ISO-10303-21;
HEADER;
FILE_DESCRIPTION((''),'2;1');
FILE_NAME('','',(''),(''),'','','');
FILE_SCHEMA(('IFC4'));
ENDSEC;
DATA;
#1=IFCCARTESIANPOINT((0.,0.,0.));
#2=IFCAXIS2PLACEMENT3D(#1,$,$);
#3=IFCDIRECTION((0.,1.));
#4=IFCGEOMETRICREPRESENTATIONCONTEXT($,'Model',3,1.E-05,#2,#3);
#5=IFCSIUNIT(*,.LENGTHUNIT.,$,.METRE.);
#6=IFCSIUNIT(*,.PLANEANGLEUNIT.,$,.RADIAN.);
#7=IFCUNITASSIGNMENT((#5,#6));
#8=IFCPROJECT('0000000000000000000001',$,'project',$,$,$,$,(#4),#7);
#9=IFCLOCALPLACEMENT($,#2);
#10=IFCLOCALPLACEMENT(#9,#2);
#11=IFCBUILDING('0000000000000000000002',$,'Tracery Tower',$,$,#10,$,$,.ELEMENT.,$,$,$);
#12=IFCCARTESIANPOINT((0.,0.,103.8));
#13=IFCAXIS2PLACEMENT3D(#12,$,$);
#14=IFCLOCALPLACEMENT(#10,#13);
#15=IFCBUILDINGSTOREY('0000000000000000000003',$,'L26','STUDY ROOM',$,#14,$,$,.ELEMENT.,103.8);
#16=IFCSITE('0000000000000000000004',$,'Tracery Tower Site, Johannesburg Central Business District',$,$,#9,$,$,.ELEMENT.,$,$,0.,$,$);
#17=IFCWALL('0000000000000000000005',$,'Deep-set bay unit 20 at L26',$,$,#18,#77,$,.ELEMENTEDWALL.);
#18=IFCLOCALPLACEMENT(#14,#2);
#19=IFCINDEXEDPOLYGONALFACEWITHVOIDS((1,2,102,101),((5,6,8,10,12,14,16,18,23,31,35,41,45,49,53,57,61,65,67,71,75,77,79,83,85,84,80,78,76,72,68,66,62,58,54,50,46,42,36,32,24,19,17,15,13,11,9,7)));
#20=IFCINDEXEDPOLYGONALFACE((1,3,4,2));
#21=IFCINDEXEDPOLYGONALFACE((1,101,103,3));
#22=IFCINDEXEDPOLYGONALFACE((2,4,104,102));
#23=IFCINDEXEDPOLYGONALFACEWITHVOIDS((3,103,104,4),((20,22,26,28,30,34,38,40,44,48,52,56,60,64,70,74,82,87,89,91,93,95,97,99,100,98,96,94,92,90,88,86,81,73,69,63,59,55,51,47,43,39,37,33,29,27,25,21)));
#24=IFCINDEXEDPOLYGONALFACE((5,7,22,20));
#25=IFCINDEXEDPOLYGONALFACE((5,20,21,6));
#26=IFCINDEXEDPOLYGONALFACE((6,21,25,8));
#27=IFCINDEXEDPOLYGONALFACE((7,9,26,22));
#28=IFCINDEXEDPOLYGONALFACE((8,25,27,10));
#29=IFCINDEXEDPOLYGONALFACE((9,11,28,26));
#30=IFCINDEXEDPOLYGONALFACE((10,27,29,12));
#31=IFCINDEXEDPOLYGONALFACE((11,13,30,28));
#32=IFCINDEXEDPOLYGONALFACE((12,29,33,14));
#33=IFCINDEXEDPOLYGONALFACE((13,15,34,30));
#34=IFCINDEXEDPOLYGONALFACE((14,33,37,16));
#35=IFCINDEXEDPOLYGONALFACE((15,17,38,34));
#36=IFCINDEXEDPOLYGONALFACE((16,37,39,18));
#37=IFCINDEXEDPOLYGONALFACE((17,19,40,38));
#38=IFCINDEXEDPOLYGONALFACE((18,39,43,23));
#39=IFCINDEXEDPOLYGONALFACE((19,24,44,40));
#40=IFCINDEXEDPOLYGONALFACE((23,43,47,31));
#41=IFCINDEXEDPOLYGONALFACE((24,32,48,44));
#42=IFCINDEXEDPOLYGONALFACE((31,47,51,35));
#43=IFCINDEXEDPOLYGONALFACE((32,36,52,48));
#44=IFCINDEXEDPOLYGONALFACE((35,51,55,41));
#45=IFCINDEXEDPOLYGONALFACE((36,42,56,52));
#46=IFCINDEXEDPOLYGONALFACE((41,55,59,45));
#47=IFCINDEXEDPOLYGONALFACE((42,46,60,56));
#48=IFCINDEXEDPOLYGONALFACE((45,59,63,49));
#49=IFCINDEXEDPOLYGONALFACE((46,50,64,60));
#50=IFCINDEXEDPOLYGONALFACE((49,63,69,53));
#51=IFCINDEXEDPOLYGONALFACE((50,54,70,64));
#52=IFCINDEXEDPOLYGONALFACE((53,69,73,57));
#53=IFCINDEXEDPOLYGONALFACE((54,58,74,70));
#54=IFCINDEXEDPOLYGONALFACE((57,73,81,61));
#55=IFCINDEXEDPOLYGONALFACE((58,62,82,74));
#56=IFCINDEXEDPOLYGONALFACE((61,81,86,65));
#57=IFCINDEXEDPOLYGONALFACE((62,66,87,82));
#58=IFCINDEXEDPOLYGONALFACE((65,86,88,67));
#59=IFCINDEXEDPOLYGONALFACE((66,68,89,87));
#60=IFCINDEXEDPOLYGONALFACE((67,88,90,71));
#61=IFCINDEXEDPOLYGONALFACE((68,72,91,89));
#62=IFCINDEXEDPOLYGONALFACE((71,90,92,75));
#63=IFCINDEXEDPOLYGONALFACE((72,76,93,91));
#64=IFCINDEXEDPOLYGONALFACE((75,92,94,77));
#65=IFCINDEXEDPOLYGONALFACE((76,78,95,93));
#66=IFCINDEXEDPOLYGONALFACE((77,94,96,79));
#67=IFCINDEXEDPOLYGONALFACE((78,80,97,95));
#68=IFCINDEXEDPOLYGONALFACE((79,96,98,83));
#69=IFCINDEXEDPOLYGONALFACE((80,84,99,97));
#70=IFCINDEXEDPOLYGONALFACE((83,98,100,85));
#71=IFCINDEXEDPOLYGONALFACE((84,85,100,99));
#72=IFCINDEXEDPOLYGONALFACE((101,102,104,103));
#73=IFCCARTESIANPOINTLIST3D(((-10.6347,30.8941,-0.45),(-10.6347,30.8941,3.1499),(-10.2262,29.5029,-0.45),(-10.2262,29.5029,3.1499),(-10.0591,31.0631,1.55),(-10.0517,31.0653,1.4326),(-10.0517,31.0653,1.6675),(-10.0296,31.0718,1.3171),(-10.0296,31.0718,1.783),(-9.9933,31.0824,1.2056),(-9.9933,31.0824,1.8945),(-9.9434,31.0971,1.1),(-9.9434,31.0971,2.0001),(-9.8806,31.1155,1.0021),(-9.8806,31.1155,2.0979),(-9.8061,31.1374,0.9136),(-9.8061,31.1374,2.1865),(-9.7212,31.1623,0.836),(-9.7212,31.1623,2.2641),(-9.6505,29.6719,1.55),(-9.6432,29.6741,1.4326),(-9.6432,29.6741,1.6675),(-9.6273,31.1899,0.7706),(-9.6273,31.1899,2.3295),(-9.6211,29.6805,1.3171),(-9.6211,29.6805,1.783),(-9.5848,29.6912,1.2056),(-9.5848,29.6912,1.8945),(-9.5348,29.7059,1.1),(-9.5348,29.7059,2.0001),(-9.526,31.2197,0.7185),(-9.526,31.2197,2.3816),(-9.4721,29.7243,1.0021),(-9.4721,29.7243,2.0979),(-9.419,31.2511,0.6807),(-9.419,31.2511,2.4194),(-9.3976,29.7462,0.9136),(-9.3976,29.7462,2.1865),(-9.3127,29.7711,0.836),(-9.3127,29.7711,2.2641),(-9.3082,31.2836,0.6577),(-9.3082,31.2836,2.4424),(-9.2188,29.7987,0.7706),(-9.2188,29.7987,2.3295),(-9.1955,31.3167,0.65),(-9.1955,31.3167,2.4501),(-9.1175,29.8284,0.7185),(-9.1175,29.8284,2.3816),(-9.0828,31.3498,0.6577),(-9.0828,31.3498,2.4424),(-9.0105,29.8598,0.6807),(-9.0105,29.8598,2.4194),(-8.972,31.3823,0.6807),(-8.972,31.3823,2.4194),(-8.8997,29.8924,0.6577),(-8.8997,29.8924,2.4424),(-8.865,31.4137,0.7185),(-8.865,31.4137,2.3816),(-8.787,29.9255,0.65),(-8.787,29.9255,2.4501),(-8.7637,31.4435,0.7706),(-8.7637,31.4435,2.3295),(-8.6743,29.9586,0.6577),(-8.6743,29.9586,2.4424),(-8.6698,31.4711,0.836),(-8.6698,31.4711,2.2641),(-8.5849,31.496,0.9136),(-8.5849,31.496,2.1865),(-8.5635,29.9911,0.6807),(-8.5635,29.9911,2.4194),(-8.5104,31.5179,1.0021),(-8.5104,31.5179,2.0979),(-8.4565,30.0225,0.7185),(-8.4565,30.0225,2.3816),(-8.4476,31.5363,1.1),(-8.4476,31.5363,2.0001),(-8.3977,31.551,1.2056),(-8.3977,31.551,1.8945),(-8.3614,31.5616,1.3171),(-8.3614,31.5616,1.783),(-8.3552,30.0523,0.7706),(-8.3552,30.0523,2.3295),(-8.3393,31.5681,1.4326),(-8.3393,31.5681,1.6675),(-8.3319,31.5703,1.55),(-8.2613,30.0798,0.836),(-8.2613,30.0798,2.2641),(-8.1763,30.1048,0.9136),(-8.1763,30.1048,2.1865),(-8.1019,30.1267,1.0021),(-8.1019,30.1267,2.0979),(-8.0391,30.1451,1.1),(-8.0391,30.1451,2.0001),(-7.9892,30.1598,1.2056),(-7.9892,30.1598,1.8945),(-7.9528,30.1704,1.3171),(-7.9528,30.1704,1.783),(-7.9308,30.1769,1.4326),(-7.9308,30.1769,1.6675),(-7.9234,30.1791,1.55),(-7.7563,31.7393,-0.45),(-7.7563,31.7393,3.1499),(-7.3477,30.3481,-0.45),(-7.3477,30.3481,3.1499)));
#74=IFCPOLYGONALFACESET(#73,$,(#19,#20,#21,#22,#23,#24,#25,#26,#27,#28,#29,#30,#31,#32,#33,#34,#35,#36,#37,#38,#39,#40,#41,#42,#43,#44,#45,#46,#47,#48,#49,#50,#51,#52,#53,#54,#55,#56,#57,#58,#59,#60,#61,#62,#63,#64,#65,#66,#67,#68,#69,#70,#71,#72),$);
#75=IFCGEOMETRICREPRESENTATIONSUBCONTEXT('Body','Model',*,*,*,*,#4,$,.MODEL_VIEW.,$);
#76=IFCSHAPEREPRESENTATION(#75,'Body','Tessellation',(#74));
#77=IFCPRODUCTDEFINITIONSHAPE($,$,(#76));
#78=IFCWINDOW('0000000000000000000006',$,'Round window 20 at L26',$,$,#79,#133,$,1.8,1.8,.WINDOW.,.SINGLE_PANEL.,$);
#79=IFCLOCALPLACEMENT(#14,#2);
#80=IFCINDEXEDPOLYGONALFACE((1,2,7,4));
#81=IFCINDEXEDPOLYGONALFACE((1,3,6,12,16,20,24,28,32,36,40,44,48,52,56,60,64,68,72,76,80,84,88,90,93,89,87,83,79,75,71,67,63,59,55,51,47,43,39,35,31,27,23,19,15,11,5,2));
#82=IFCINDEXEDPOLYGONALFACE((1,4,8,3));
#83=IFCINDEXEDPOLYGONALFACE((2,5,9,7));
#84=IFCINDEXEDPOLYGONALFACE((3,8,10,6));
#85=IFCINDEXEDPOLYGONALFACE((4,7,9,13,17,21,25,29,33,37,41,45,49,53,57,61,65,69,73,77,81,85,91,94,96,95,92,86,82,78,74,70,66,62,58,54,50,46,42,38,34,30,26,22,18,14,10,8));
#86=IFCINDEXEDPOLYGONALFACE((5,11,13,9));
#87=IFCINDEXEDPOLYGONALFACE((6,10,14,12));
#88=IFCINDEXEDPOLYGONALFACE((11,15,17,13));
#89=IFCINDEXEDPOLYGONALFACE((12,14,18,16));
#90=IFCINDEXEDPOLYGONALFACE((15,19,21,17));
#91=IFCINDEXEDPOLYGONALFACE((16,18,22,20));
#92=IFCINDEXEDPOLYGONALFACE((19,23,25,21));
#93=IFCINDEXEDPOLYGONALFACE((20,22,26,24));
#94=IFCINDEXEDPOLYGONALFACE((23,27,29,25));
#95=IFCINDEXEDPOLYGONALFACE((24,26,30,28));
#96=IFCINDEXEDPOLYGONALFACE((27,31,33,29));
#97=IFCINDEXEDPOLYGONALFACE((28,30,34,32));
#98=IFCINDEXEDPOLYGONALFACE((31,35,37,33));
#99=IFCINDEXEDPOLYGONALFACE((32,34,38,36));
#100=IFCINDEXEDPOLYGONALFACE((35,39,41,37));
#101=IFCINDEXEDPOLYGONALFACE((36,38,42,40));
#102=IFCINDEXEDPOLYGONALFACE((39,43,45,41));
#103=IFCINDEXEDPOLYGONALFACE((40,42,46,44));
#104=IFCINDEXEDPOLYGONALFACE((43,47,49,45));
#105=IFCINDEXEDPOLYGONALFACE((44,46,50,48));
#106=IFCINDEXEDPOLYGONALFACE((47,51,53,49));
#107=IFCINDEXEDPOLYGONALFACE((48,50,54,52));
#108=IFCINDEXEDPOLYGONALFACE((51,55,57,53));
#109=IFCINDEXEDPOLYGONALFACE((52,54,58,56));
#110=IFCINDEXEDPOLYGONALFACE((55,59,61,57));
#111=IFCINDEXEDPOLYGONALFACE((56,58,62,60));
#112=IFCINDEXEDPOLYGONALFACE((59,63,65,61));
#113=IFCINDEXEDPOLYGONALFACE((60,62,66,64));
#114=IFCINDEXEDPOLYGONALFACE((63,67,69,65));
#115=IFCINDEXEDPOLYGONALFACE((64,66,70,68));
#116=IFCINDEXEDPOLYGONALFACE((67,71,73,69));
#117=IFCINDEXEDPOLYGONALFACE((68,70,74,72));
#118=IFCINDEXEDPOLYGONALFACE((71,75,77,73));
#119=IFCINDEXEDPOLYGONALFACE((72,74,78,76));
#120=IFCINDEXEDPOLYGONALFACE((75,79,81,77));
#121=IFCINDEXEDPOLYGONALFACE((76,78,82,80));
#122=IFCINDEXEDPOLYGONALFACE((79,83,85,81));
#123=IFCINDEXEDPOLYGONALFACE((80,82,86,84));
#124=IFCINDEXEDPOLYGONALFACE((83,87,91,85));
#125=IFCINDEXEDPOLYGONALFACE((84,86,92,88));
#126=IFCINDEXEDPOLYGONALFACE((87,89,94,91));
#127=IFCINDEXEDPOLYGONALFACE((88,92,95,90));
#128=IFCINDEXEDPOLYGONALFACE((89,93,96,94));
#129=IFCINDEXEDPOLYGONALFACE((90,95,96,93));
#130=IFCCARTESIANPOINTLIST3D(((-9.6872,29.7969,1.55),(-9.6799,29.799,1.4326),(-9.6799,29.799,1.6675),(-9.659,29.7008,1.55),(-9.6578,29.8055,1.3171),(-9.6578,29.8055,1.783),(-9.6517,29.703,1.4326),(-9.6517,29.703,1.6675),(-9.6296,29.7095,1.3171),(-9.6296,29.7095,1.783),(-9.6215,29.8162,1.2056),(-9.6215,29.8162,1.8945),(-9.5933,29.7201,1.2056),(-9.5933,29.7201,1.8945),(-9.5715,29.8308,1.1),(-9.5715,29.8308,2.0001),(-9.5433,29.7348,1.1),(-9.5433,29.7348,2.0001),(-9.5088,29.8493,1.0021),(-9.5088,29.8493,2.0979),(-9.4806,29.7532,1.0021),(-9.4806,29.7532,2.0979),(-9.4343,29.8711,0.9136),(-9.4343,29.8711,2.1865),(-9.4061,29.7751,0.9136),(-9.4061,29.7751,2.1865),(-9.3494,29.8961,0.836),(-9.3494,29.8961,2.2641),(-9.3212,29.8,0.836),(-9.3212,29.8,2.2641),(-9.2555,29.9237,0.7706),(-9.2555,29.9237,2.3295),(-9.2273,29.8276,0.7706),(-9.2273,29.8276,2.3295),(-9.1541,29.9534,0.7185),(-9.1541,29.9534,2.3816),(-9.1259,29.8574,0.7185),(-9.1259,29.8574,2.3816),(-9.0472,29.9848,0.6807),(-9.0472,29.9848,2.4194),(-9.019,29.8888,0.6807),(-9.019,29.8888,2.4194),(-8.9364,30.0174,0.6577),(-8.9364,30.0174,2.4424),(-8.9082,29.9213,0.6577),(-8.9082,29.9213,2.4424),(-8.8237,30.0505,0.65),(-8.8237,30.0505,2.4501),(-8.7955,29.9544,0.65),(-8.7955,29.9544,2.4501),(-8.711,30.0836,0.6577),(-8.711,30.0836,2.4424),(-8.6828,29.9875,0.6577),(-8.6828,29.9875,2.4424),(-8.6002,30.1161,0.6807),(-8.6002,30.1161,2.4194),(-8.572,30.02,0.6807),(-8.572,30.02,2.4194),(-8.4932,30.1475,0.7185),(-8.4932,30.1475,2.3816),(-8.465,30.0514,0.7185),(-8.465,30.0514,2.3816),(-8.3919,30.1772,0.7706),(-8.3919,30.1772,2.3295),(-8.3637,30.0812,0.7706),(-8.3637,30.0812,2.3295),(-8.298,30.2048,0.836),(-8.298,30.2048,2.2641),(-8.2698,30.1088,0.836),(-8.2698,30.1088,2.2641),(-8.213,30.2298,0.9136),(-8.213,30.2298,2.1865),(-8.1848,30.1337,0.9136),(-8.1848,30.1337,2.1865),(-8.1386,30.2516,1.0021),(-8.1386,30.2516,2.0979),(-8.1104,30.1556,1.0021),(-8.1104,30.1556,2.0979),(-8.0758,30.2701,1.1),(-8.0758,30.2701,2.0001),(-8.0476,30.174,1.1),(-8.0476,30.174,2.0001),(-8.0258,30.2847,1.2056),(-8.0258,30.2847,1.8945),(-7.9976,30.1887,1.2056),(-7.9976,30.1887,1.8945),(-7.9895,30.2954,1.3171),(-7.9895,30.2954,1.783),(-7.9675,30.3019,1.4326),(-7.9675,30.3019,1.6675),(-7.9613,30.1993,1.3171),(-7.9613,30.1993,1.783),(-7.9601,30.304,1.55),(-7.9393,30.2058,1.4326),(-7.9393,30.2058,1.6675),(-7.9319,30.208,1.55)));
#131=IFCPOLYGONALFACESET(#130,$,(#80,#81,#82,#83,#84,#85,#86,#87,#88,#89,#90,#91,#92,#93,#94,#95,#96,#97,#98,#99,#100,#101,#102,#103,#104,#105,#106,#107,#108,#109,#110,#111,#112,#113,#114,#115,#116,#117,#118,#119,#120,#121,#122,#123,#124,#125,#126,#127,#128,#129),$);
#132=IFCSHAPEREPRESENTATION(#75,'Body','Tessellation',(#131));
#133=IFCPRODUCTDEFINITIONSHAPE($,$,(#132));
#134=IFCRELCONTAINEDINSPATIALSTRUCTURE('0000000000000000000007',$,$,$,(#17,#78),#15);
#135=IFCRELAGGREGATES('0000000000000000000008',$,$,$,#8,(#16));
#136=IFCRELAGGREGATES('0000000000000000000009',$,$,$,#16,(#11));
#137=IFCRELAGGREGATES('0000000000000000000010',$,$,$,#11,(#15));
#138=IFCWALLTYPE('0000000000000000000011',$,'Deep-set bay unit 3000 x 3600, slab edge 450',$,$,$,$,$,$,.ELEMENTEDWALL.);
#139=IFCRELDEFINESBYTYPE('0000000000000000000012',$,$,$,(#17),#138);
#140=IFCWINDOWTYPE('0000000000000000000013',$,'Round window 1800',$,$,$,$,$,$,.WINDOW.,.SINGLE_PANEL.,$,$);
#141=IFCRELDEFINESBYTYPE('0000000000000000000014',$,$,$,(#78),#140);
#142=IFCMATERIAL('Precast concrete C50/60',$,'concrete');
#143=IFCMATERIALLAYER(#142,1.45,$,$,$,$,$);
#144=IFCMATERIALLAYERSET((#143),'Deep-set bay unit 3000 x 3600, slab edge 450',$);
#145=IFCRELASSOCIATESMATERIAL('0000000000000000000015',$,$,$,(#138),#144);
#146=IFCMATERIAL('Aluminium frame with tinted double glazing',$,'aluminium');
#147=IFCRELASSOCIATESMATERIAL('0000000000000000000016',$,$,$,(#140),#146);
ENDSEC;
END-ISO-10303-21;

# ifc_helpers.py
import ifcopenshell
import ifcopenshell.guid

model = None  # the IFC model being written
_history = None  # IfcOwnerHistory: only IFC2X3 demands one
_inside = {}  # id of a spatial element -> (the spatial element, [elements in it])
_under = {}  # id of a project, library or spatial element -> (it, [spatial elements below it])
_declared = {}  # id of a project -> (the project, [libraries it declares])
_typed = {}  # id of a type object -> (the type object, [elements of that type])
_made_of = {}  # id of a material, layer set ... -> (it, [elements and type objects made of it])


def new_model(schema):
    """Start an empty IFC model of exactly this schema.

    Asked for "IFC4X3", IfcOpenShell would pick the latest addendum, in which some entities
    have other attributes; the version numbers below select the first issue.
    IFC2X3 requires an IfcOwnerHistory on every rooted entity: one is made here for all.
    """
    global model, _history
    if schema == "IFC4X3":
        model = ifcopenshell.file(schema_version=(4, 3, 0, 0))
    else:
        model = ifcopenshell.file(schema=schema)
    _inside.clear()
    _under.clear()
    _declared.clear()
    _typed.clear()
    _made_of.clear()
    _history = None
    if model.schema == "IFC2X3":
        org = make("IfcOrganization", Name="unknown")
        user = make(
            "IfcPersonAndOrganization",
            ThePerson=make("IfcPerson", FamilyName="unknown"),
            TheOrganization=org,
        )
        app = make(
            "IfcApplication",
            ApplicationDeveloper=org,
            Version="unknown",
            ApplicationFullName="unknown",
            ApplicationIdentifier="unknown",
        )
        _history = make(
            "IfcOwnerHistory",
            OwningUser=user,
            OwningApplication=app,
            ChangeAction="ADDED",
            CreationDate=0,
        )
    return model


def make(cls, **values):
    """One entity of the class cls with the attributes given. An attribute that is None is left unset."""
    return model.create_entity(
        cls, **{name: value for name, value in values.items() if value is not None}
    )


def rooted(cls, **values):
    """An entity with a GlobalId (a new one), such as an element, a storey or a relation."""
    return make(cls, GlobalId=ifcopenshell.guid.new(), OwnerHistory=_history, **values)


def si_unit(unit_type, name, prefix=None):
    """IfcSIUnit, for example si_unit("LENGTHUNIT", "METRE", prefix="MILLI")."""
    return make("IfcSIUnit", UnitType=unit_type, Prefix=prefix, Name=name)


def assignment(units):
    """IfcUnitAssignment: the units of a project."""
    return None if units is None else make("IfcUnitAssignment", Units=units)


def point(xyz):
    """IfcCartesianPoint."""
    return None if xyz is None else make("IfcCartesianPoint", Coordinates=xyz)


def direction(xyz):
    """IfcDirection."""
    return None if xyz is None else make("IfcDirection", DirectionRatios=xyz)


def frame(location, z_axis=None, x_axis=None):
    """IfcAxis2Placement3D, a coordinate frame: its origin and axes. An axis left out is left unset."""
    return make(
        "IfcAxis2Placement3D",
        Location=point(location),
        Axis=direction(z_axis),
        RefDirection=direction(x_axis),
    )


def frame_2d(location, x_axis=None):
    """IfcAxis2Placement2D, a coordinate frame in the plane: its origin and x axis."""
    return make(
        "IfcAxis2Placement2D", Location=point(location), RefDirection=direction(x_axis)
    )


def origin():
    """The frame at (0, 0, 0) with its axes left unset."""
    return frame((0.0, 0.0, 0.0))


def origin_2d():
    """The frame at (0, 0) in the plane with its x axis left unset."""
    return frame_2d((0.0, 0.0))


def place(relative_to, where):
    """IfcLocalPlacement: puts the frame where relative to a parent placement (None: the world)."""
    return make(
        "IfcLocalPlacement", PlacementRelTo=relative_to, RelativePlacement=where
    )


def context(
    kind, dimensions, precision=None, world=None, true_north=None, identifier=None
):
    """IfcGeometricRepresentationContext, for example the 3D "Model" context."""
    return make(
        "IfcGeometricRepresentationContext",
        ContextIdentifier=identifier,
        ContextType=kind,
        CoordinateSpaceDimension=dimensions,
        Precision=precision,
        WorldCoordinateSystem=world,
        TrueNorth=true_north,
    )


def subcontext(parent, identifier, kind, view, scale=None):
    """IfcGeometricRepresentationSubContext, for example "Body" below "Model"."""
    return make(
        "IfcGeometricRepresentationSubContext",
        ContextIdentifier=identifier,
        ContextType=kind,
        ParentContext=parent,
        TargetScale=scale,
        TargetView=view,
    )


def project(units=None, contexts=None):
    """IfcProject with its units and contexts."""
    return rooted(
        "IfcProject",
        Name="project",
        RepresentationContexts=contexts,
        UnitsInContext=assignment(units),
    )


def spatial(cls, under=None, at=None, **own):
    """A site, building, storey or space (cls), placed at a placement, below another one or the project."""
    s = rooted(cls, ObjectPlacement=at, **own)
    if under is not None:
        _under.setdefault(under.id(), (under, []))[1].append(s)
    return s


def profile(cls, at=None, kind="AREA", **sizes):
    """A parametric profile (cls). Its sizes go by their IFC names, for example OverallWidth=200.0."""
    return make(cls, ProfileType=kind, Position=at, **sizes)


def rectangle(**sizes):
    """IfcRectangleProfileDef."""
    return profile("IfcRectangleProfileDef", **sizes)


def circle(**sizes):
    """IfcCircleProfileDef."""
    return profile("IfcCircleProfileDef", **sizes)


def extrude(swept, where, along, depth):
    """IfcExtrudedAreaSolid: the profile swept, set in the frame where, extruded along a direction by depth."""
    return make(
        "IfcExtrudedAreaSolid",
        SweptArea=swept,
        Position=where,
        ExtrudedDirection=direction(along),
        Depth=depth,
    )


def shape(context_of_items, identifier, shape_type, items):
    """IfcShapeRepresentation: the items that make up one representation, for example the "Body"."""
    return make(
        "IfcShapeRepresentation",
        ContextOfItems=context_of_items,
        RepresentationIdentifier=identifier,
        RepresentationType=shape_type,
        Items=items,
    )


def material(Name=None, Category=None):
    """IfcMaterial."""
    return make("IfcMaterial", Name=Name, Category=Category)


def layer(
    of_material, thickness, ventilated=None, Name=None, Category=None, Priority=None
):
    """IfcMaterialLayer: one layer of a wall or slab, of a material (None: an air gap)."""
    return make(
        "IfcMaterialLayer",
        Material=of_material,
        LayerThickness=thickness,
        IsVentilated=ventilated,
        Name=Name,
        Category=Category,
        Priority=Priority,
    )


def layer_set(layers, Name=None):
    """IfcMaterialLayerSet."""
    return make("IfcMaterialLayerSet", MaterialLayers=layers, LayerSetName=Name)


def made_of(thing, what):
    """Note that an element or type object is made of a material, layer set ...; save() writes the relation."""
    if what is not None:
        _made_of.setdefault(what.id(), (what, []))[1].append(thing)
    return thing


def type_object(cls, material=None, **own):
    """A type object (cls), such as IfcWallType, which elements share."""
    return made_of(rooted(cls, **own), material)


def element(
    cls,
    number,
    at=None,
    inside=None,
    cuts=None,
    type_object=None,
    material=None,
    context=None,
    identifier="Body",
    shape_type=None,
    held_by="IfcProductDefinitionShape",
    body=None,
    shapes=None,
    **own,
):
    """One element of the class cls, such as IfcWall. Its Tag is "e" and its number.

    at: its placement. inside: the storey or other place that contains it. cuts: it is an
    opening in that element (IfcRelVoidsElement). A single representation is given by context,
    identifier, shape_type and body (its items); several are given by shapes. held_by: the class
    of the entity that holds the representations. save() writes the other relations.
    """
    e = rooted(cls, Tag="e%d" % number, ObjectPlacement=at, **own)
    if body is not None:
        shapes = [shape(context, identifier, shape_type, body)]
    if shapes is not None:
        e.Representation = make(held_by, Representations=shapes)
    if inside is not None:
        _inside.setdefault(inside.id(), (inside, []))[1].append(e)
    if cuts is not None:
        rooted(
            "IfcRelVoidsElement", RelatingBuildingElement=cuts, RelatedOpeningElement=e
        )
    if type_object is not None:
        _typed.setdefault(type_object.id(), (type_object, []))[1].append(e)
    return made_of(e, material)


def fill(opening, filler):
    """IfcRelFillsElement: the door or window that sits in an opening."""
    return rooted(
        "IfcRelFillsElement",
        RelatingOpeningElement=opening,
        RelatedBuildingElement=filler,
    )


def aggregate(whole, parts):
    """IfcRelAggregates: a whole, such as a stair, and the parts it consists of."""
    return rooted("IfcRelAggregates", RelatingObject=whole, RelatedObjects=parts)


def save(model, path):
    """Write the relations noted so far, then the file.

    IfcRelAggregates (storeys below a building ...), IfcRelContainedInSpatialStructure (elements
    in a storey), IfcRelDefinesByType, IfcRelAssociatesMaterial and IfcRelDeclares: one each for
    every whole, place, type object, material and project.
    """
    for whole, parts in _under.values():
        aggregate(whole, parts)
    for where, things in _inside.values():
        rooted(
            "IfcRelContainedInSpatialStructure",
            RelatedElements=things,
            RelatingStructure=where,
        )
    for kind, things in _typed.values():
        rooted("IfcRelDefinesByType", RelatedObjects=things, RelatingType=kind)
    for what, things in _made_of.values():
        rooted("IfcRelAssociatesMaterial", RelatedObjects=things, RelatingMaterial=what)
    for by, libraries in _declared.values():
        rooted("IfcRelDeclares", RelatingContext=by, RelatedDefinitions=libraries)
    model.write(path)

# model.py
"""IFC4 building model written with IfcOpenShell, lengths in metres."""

from ifc_helpers import new_model, si_unit, direction, frame, frame_2d, origin, origin_2d, place, context, subcontext, project, spatial, rectangle, circle, extrude, material, layer, layer_set, type_object, element, fill, save


model = new_model("IFC4")

# Units and contexts
model_context = context("Model", 3, precision=1e-05, world=origin(), true_north=direction((0.0, 1.0)))
body_context = subcontext(model_context, "Body", "Model", "MODEL_VIEW")
ifc_project = project(units=[si_unit("LENGTHUNIT", "METRE"), si_unit("PLANEANGLEUNIT", "RADIAN")], contexts=[model_context])

# Site, building, storey
site_placement = place(None, origin())
site = spatial("IfcSite", under=ifc_project, at=site_placement, Name="Tracery Tower Site, Johannesburg Central Business District", CompositionType="ELEMENT", RefElevation=0.0)
building_placement = place(site_placement, origin())
building = spatial("IfcBuilding", under=site, at=building_placement, Name="Tracery Tower", CompositionType="ELEMENT")
storey_placement = place(building_placement, frame((0.0, 0.0, 103.8)))
storey = spatial("IfcBuildingStorey", under=building, at=storey_placement, Name="L26", Description="STUDY ROOM", CompositionType="ELEMENT", Elevation=103.8)

# Wall, opening, window
ifc_material_1 = material(Name="Precast concrete C50/60", Category="concrete")
ifc_layer_1 = layer(ifc_material_1, 1.45)
ifc_layer_set_1 = layer_set([ifc_layer_1], Name="Deep-set bay unit 3000 x 3600, slab edge 450")
wall_type_1 = type_object("IfcWallType", Name="Deep-set bay unit 3000 x 3600, slab edge 450", PredefinedType="ELEMENTEDWALL", material=ifc_layer_set_1)
wall_1_placement = place(storey_placement, frame((-7.552, 31.0437, -0.45), z_axis=(0.0, 0.0, 1.0), x_axis=(-0.95949, -0.281743, 0.0)))
wall_1 = element("IfcWall", 1, at=wall_1_placement, inside=storey, type_object=wall_type_1, Name="Deep-set bay unit 20 at L26", PredefinedType="ELEMENTEDWALL", context=body_context, shape_type="SweptSolid", body=[
    extrude(rectangle(XDim=3.0, YDim=1.45, at=frame_2d((1.5, 0.0))), origin(), (0.0, 0.0, 1.0), 3.5999),
])
opening_1_placement = place(wall_1_placement, frame((1.5, 0.0, 2.0)))
opening_1 = element("IfcOpeningElement", 2, at=opening_1_placement, cuts=wall_1, PredefinedType="OPENING", context=body_context, shape_type="SweptSolid", body=[
    extrude(circle(Radius=0.9, at=origin_2d()), frame((0.0, 0.7349, 0.0), z_axis=(0.0, -1.0, 0.0), x_axis=(1.0, 0.0, 0.0)), (0.0, 0.0, 1.0), 1.47),
])
ifc_material_2 = material(Name="Aluminium frame with tinted double glazing", Category="aluminium")
window_type = type_object("IfcWindowType", Name="Round window 1800", PartitioningType="SINGLE_PANEL", PredefinedType="WINDOW", material=ifc_material_2)
window_1_placement = place(opening_1_placement, origin())
window_1 = element("IfcWindow", 3, at=window_1_placement, inside=storey, type_object=window_type, Name="Round window 20 at L26", OverallHeight=1.8, OverallWidth=1.8, PartitioningType="SINGLE_PANEL", PredefinedType="WINDOW", context=body_context, shape_type="SweptSolid", body=[
    extrude(circle(Radius=0.9, at=origin_2d()), frame((0.0, 0.6948, 0.0), z_axis=(0.0, -1.0, 0.0), x_axis=(1.0, 0.0, 0.0)), (0.0, 0.0, 1.0), 0.1001),
])
fill(opening_1, window_1)

save(model, "model.ifc")
